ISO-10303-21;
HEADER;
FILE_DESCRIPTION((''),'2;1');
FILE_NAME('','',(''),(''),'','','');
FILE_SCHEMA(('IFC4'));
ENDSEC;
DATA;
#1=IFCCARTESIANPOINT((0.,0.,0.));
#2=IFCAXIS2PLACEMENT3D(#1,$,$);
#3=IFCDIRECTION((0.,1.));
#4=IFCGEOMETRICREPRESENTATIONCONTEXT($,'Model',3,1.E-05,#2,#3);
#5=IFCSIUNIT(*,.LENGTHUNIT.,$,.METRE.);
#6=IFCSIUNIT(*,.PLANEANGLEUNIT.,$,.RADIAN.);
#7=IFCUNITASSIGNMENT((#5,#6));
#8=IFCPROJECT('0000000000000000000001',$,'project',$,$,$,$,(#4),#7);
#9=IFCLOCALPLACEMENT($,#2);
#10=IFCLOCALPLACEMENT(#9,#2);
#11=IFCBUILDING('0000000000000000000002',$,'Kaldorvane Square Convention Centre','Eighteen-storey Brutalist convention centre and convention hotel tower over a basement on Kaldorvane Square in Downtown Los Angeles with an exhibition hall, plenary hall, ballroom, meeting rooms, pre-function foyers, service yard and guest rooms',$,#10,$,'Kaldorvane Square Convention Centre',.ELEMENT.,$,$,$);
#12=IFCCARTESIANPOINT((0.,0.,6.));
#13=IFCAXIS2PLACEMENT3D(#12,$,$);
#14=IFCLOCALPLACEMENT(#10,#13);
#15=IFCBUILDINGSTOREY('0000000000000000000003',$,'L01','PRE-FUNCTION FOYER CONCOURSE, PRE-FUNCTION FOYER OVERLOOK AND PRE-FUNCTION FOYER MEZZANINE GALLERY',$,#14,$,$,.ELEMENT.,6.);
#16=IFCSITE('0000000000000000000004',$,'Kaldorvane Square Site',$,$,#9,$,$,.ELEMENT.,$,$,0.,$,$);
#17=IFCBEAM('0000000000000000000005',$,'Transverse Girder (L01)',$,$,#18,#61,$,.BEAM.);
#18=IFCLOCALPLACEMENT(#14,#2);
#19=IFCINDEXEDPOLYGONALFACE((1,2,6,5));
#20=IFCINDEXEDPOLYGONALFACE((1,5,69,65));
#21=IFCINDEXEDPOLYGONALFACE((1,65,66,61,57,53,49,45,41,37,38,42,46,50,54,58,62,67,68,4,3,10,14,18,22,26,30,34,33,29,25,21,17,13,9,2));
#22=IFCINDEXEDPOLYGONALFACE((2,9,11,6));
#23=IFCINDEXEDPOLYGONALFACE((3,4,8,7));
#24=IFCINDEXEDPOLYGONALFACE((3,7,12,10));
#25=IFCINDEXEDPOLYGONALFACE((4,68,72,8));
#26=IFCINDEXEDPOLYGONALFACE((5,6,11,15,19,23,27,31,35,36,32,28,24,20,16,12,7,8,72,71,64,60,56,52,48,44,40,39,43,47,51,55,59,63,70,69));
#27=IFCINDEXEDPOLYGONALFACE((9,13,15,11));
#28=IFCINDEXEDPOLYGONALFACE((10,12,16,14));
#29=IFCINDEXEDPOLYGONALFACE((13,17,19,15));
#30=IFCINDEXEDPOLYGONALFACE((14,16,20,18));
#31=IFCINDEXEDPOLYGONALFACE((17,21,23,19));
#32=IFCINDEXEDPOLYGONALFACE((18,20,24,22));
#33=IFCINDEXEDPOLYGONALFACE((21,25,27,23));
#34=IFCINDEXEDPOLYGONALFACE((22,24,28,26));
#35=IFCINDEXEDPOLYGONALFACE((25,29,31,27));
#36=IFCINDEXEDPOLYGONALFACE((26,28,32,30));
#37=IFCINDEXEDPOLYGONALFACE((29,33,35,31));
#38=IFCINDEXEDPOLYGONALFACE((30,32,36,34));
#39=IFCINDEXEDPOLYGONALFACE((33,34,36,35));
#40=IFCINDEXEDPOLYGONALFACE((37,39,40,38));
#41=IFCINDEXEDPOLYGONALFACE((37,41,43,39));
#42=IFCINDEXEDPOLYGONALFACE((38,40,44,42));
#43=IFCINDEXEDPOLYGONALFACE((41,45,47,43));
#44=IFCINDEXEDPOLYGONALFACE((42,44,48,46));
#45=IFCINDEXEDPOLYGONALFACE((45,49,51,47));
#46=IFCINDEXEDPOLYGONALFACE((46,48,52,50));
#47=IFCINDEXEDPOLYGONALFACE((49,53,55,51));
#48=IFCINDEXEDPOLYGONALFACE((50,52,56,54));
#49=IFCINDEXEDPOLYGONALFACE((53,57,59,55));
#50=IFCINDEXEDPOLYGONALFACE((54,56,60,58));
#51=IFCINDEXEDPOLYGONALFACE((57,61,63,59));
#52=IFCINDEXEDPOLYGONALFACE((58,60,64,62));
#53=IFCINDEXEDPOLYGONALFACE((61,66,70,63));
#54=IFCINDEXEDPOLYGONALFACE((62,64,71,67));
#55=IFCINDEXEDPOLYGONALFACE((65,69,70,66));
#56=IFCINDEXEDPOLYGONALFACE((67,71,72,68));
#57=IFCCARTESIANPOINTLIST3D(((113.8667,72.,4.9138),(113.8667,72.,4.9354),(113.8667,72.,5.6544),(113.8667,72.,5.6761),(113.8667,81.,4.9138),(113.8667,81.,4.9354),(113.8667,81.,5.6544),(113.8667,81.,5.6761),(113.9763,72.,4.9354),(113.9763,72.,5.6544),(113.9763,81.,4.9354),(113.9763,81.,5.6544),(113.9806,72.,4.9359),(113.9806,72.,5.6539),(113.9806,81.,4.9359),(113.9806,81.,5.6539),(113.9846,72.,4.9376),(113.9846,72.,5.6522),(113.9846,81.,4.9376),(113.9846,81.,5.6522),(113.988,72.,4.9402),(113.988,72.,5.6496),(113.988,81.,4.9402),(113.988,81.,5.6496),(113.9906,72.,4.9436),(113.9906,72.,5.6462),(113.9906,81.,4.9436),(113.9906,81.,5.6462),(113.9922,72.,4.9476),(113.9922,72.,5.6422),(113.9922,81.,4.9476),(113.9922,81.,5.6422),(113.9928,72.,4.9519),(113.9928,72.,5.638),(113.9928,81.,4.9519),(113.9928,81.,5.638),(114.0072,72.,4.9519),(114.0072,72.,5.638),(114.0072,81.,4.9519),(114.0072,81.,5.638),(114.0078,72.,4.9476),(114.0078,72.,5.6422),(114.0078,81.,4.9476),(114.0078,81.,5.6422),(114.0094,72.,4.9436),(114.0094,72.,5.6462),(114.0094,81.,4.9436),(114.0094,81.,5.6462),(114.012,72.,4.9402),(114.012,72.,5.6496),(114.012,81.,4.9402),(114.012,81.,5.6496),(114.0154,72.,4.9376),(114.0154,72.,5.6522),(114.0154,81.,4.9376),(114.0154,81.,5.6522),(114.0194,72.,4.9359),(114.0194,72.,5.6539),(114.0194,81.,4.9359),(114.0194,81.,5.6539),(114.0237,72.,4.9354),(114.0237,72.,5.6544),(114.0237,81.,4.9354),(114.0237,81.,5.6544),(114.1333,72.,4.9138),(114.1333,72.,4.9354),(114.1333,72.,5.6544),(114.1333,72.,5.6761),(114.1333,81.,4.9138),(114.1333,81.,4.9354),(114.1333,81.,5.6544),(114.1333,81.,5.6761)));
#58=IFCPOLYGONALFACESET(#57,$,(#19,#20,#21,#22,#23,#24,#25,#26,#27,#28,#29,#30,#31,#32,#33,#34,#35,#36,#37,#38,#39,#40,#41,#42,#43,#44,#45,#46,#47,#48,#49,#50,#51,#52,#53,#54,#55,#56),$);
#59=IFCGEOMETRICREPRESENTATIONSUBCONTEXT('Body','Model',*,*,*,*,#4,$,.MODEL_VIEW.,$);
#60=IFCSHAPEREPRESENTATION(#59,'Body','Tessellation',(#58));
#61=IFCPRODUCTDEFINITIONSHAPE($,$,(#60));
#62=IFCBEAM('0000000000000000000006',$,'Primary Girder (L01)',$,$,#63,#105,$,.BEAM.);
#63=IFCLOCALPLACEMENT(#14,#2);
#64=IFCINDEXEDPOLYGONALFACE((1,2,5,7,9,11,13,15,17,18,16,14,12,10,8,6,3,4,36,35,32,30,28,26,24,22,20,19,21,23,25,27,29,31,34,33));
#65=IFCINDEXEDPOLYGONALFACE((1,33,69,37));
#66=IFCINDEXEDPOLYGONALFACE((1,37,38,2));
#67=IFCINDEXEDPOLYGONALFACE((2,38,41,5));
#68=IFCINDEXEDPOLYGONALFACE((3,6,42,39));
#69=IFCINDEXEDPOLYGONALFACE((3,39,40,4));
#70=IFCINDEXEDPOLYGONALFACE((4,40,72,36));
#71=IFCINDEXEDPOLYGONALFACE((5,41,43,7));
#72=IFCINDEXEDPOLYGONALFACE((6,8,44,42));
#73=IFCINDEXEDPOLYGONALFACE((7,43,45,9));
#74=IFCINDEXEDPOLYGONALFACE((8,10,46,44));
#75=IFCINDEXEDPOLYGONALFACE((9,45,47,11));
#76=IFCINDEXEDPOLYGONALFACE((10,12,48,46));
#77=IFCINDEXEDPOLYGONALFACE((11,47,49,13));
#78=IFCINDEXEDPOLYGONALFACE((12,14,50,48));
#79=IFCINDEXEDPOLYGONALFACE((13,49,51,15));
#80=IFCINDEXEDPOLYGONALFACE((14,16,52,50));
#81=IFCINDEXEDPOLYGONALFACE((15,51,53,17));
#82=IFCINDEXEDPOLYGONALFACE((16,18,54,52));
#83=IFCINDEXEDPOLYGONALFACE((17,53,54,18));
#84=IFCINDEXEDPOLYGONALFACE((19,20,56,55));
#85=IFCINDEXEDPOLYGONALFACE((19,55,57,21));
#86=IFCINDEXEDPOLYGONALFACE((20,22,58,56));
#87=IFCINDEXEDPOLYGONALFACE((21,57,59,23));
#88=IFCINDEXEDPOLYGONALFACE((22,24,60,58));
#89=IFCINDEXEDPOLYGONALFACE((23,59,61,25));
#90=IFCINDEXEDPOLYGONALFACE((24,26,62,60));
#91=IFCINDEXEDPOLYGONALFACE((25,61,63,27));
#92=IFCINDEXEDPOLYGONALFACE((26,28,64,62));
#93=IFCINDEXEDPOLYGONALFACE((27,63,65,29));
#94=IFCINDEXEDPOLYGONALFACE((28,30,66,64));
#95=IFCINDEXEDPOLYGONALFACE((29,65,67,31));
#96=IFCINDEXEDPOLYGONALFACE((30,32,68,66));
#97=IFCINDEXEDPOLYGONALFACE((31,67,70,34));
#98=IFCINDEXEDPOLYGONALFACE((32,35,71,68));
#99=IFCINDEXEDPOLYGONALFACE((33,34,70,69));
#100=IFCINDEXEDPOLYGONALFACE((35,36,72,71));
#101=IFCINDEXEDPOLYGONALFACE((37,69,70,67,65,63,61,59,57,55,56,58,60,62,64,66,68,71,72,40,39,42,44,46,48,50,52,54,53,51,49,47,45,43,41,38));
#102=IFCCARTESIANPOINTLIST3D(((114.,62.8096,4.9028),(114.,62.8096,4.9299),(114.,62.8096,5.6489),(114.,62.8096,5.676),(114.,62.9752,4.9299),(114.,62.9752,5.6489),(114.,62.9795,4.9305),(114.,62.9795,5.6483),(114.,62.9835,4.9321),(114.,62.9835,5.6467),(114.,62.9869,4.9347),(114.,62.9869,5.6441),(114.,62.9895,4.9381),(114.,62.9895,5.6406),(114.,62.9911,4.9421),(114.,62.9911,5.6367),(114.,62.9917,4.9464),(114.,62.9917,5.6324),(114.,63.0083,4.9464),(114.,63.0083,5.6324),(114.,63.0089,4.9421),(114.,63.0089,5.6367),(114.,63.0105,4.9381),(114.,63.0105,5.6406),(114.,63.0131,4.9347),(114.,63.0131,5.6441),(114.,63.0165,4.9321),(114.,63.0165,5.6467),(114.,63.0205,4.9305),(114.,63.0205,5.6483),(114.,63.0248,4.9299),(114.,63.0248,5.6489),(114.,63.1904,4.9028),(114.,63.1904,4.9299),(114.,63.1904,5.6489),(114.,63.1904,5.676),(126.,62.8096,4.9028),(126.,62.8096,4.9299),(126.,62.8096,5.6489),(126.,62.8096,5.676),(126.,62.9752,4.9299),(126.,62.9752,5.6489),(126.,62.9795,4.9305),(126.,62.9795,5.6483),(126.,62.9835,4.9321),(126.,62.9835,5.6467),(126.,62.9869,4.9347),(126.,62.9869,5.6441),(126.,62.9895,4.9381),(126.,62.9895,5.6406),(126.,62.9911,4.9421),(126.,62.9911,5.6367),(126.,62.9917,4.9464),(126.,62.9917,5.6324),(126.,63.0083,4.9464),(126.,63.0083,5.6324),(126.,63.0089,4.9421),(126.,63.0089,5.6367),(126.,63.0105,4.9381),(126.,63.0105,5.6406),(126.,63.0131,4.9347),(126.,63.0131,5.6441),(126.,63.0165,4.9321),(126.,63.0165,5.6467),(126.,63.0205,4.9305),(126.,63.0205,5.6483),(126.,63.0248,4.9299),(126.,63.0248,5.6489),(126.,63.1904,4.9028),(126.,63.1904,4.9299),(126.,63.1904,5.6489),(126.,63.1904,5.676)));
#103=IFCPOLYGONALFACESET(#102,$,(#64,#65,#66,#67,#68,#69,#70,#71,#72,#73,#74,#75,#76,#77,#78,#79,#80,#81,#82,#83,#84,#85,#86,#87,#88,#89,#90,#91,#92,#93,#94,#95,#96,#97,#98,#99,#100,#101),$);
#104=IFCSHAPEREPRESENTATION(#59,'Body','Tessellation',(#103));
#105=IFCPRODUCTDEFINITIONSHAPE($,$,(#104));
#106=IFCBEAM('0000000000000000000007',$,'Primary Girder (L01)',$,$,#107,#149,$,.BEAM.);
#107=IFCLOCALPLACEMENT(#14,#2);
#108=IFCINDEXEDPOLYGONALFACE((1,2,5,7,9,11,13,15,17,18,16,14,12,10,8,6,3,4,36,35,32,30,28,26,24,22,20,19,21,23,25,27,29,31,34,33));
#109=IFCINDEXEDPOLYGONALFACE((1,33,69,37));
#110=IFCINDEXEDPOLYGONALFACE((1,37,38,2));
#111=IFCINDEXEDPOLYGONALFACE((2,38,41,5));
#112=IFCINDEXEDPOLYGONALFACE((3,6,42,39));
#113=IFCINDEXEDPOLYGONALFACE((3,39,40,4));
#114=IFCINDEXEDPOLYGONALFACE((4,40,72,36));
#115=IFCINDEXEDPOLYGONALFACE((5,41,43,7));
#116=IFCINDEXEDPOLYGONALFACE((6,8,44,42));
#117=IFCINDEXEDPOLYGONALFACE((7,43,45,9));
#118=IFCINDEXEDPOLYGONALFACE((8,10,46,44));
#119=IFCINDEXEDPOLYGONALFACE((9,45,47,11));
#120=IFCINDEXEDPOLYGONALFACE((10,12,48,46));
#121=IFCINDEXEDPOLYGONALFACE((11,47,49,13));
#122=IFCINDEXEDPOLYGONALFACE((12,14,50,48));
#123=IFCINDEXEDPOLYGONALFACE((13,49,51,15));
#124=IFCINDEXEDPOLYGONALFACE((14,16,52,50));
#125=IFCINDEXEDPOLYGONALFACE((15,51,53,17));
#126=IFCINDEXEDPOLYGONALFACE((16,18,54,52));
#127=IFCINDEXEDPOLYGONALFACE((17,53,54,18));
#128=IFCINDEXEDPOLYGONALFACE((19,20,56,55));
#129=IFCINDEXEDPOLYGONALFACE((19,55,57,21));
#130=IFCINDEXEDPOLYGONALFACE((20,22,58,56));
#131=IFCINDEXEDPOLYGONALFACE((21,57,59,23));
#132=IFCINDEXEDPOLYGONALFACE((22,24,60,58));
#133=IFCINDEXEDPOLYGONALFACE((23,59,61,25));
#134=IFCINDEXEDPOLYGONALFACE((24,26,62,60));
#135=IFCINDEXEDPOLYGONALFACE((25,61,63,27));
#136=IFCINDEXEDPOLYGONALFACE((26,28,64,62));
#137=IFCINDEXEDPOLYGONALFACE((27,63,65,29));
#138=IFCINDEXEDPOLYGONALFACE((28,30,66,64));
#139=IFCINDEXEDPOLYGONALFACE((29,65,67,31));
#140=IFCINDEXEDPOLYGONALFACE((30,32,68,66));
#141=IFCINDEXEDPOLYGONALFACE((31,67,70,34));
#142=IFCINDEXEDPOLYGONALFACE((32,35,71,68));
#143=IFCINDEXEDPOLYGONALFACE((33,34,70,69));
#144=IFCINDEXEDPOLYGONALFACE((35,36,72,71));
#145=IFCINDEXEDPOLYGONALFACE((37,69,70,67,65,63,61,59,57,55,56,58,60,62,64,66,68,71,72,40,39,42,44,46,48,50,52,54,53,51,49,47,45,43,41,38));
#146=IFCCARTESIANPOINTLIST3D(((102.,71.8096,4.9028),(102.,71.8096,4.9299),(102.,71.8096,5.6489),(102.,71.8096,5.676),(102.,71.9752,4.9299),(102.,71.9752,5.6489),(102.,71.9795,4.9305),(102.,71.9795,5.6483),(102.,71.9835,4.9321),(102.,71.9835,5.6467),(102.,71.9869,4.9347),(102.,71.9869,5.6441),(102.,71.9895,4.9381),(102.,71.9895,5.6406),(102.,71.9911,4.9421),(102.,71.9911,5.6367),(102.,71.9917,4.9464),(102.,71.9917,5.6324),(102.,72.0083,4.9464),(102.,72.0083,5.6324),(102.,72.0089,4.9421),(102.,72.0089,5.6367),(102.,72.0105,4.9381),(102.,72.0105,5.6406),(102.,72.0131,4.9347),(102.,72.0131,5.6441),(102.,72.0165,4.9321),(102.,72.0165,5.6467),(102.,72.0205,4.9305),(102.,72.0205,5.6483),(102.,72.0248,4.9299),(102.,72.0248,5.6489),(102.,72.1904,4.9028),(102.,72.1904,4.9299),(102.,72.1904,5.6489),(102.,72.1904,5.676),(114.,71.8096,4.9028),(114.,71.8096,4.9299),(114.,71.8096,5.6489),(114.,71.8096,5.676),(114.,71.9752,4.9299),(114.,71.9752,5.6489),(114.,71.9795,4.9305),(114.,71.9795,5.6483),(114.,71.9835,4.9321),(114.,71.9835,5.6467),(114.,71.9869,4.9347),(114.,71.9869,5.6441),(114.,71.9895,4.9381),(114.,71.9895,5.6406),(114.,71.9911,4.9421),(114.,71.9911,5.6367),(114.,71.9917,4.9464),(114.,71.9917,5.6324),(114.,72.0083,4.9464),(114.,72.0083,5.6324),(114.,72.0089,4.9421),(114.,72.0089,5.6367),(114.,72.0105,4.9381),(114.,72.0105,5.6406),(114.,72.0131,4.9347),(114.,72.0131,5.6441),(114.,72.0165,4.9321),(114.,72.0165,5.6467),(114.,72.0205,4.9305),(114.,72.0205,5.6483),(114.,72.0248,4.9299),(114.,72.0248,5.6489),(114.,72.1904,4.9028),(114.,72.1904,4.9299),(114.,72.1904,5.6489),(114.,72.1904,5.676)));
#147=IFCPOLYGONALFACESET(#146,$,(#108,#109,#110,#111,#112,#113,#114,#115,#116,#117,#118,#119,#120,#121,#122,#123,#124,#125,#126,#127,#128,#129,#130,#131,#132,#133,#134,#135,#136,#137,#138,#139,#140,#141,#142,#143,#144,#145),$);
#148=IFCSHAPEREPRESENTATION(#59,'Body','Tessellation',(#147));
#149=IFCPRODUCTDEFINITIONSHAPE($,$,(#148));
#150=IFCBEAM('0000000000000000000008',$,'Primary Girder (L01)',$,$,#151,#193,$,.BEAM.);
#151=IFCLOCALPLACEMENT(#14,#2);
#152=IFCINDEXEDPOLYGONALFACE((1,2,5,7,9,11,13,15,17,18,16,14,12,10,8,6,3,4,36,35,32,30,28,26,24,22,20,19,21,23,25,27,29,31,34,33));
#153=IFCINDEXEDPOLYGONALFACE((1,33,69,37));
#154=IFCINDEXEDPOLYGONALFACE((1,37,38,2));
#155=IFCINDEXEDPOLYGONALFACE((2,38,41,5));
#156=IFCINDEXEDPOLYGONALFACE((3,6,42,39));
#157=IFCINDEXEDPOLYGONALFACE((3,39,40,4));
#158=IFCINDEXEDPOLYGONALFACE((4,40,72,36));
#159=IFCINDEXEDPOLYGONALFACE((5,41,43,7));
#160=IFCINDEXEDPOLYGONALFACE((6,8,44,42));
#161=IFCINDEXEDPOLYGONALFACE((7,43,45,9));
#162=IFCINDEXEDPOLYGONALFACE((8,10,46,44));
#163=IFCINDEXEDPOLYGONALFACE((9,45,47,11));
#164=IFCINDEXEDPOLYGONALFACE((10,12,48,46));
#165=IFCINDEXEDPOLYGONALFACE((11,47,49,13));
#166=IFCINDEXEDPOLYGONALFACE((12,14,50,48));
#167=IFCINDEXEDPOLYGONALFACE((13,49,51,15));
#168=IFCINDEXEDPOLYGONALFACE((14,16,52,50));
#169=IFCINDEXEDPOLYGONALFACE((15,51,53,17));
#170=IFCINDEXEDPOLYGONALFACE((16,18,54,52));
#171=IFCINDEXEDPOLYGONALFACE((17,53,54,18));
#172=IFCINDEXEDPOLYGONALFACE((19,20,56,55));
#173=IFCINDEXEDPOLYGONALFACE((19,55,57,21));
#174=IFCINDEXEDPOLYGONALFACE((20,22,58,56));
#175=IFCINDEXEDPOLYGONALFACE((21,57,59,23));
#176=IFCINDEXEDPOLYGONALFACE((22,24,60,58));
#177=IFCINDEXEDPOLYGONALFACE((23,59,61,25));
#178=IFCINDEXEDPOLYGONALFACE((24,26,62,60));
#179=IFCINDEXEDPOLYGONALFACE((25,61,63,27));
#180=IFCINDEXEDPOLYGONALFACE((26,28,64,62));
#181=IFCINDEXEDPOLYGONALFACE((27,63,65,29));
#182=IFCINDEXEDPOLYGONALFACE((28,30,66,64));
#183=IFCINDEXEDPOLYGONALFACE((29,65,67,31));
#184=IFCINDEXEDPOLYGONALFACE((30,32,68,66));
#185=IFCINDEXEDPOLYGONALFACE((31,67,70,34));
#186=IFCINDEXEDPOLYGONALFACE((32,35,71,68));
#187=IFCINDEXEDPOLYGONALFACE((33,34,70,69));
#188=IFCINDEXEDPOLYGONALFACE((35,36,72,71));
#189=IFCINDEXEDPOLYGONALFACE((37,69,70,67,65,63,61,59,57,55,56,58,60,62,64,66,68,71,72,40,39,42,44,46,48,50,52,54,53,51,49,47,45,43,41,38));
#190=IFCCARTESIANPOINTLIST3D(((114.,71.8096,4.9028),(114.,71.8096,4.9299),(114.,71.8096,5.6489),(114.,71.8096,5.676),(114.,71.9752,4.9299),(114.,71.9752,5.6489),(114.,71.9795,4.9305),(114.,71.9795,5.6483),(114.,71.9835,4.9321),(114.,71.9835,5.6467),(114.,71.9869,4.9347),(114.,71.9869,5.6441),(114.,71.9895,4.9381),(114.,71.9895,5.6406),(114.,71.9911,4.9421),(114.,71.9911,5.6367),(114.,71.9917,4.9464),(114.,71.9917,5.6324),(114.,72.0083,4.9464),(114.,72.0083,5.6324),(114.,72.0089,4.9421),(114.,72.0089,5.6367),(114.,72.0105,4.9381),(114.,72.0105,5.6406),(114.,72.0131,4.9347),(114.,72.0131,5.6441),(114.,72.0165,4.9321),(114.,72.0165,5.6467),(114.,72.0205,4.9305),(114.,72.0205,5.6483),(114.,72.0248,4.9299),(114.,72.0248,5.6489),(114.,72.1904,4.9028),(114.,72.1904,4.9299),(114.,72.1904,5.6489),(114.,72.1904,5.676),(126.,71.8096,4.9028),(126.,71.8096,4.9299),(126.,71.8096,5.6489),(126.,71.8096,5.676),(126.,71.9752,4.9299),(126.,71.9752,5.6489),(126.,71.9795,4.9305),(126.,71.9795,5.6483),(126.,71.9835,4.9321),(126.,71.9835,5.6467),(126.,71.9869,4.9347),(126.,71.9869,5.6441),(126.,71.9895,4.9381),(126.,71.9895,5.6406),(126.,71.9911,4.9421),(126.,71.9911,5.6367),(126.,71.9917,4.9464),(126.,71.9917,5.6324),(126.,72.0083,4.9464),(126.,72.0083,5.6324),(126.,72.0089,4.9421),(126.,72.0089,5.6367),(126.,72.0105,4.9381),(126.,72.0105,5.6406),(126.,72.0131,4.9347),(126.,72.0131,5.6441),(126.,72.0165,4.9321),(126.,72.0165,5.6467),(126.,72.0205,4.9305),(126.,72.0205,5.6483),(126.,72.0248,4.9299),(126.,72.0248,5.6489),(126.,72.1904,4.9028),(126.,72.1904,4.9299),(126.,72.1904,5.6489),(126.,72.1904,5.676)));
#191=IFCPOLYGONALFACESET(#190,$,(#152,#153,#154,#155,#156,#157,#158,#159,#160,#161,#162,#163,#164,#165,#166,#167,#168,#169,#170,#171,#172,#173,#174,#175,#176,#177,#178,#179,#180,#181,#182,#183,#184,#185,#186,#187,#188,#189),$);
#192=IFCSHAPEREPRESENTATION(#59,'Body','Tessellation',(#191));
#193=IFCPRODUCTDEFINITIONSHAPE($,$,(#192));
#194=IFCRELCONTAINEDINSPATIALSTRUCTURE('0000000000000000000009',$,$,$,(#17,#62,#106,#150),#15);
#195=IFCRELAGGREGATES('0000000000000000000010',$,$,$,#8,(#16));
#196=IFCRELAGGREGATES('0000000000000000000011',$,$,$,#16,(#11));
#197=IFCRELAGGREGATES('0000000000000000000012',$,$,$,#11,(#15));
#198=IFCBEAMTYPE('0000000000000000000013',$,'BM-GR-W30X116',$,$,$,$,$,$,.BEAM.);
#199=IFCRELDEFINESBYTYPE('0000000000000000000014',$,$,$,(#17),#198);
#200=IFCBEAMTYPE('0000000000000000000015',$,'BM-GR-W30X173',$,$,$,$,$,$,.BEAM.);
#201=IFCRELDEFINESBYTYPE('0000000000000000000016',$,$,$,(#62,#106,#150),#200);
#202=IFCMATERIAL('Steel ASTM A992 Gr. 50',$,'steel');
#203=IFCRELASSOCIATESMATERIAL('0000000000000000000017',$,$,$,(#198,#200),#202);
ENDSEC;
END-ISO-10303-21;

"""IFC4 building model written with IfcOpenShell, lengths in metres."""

from ifc_helpers import new_model, si_unit, direction, frame, origin, origin_2d, place, context, subcontext, project, spatial, i_section, extrude, material, material_profile, profile_set, type_object, element, save


model = new_model("IFC4")

# Units and contexts
model_context = context("Model", 3, precision=1e-05, world=origin(), true_north=direction((0.0, 1.0)))
body_context = subcontext(model_context, "Body", "Model", "MODEL_VIEW")
ifc_project = project(units=[si_unit("LENGTHUNIT", "METRE"), si_unit("PLANEANGLEUNIT", "RADIAN")], contexts=[model_context])

# Site, building, storey
site_placement = place(None, origin())
site = spatial("IfcSite", under=ifc_project, at=site_placement, Name="Kaldorvane Square Site", CompositionType="ELEMENT", RefElevation=0.0)
building_placement = place(site_placement, origin())
building = spatial("IfcBuilding", under=site, at=building_placement, Name="Kaldorvane Square Convention Centre", Description="Eighteen-storey Brutalist convention centre and convention hotel tower over a basement on Kaldorvane Square in Downtown Los Angeles with an exhibition hall, plenary hall, ballroom, meeting rooms, pre-function foyers, service yard and guest rooms", LongName="Kaldorvane Square Convention Centre", CompositionType="ELEMENT")
storey_placement = place(building_placement, frame((0.0, 0.0, 6.0)))
storey = spatial("IfcBuildingStorey", under=building, at=storey_placement, Name="L01", Description="PRE-FUNCTION FOYER CONCOURSE, PRE-FUNCTION FOYER OVERLOOK AND PRE-FUNCTION FOYER MEZZANINE GALLERY", CompositionType="ELEMENT", Elevation=6.0)

# Shared definitions
ifc_material_1 = material(Name="Steel ASTM A992 Gr. 50", Category="steel")

# Beams
ifc_material_profile_1 = material_profile(ifc_material_1, i_section(OverallWidth=0.2666, OverallDepth=0.7623, WebThickness=0.0144, FlangeThickness=0.0216, FilletRadius=0.0165, at=origin_2d()), Name="W30X116")
ifc_profile_set_1 = profile_set([ifc_material_profile_1], Name="Steel ASTM A992 Gr. 50")
beam_type_1 = type_object("IfcBeamType", Name="BM-GR-W30X116", PredefinedType="BEAM", material=ifc_profile_set_1)
for number, where, z_axis, x_axis, name in (
    (1, (114.0, 72.0, 5.2949), (0.0, 1.0, 0.0), (-1.0, 0.0, 0.0), "Transverse Girder (L01)"),
):
    element("IfcBeam", number, at=place(storey_placement, frame(where, z_axis=z_axis, x_axis=x_axis)), inside=storey, type_object=beam_type_1, Name=name, PredefinedType="BEAM", context=body_context, shape_type="SweptSolid", body=[
        extrude(i_section(OverallWidth=0.2666, OverallDepth=0.7623, WebThickness=0.0144, FlangeThickness=0.0216, FilletRadius=0.0165, at=origin_2d()), origin(), (0.0, 0.0, 1.0), 9.0),
    ])
ifc_material_profile_2 = material_profile(ifc_material_1, i_section(OverallWidth=0.3807, OverallDepth=0.7732, WebThickness=0.0166, FlangeThickness=0.0271, FilletRadius=0.0165, at=origin_2d()), Name="W30X173")
ifc_profile_set_2 = profile_set([ifc_material_profile_2], Name="Steel ASTM A992 Gr. 50")
beam_type_2 = type_object("IfcBeamType", Name="BM-GR-W30X173", PredefinedType="BEAM", material=ifc_profile_set_2)
for number, where, z_axis, x_axis, name in (
    (2, (114.0, 63.0, 5.2894), (1.0, 0.0, 0.0), (0.0, 1.0, 0.0), "Primary Girder (L01)"),
    (3, (102.0, 72.0, 5.2894), (1.0, 0.0, 0.0), (0.0, 1.0, 0.0), "Primary Girder (L01)"),
    (4, (114.0, 72.0, 5.2894), (1.0, 0.0, 0.0), (0.0, 1.0, 0.0), "Primary Girder (L01)"),
):
    element("IfcBeam", number, at=place(storey_placement, frame(where, z_axis=z_axis, x_axis=x_axis)), inside=storey, type_object=beam_type_2, Name=name, PredefinedType="BEAM", context=body_context, shape_type="SweptSolid", body=[
        extrude(i_section(OverallWidth=0.3807, OverallDepth=0.7732, WebThickness=0.0166, FlangeThickness=0.0271, FilletRadius=0.0165, at=origin_2d()), origin(), (0.0, 0.0, 1.0), 12.0),
    ])

save(model, "model.ifc")
